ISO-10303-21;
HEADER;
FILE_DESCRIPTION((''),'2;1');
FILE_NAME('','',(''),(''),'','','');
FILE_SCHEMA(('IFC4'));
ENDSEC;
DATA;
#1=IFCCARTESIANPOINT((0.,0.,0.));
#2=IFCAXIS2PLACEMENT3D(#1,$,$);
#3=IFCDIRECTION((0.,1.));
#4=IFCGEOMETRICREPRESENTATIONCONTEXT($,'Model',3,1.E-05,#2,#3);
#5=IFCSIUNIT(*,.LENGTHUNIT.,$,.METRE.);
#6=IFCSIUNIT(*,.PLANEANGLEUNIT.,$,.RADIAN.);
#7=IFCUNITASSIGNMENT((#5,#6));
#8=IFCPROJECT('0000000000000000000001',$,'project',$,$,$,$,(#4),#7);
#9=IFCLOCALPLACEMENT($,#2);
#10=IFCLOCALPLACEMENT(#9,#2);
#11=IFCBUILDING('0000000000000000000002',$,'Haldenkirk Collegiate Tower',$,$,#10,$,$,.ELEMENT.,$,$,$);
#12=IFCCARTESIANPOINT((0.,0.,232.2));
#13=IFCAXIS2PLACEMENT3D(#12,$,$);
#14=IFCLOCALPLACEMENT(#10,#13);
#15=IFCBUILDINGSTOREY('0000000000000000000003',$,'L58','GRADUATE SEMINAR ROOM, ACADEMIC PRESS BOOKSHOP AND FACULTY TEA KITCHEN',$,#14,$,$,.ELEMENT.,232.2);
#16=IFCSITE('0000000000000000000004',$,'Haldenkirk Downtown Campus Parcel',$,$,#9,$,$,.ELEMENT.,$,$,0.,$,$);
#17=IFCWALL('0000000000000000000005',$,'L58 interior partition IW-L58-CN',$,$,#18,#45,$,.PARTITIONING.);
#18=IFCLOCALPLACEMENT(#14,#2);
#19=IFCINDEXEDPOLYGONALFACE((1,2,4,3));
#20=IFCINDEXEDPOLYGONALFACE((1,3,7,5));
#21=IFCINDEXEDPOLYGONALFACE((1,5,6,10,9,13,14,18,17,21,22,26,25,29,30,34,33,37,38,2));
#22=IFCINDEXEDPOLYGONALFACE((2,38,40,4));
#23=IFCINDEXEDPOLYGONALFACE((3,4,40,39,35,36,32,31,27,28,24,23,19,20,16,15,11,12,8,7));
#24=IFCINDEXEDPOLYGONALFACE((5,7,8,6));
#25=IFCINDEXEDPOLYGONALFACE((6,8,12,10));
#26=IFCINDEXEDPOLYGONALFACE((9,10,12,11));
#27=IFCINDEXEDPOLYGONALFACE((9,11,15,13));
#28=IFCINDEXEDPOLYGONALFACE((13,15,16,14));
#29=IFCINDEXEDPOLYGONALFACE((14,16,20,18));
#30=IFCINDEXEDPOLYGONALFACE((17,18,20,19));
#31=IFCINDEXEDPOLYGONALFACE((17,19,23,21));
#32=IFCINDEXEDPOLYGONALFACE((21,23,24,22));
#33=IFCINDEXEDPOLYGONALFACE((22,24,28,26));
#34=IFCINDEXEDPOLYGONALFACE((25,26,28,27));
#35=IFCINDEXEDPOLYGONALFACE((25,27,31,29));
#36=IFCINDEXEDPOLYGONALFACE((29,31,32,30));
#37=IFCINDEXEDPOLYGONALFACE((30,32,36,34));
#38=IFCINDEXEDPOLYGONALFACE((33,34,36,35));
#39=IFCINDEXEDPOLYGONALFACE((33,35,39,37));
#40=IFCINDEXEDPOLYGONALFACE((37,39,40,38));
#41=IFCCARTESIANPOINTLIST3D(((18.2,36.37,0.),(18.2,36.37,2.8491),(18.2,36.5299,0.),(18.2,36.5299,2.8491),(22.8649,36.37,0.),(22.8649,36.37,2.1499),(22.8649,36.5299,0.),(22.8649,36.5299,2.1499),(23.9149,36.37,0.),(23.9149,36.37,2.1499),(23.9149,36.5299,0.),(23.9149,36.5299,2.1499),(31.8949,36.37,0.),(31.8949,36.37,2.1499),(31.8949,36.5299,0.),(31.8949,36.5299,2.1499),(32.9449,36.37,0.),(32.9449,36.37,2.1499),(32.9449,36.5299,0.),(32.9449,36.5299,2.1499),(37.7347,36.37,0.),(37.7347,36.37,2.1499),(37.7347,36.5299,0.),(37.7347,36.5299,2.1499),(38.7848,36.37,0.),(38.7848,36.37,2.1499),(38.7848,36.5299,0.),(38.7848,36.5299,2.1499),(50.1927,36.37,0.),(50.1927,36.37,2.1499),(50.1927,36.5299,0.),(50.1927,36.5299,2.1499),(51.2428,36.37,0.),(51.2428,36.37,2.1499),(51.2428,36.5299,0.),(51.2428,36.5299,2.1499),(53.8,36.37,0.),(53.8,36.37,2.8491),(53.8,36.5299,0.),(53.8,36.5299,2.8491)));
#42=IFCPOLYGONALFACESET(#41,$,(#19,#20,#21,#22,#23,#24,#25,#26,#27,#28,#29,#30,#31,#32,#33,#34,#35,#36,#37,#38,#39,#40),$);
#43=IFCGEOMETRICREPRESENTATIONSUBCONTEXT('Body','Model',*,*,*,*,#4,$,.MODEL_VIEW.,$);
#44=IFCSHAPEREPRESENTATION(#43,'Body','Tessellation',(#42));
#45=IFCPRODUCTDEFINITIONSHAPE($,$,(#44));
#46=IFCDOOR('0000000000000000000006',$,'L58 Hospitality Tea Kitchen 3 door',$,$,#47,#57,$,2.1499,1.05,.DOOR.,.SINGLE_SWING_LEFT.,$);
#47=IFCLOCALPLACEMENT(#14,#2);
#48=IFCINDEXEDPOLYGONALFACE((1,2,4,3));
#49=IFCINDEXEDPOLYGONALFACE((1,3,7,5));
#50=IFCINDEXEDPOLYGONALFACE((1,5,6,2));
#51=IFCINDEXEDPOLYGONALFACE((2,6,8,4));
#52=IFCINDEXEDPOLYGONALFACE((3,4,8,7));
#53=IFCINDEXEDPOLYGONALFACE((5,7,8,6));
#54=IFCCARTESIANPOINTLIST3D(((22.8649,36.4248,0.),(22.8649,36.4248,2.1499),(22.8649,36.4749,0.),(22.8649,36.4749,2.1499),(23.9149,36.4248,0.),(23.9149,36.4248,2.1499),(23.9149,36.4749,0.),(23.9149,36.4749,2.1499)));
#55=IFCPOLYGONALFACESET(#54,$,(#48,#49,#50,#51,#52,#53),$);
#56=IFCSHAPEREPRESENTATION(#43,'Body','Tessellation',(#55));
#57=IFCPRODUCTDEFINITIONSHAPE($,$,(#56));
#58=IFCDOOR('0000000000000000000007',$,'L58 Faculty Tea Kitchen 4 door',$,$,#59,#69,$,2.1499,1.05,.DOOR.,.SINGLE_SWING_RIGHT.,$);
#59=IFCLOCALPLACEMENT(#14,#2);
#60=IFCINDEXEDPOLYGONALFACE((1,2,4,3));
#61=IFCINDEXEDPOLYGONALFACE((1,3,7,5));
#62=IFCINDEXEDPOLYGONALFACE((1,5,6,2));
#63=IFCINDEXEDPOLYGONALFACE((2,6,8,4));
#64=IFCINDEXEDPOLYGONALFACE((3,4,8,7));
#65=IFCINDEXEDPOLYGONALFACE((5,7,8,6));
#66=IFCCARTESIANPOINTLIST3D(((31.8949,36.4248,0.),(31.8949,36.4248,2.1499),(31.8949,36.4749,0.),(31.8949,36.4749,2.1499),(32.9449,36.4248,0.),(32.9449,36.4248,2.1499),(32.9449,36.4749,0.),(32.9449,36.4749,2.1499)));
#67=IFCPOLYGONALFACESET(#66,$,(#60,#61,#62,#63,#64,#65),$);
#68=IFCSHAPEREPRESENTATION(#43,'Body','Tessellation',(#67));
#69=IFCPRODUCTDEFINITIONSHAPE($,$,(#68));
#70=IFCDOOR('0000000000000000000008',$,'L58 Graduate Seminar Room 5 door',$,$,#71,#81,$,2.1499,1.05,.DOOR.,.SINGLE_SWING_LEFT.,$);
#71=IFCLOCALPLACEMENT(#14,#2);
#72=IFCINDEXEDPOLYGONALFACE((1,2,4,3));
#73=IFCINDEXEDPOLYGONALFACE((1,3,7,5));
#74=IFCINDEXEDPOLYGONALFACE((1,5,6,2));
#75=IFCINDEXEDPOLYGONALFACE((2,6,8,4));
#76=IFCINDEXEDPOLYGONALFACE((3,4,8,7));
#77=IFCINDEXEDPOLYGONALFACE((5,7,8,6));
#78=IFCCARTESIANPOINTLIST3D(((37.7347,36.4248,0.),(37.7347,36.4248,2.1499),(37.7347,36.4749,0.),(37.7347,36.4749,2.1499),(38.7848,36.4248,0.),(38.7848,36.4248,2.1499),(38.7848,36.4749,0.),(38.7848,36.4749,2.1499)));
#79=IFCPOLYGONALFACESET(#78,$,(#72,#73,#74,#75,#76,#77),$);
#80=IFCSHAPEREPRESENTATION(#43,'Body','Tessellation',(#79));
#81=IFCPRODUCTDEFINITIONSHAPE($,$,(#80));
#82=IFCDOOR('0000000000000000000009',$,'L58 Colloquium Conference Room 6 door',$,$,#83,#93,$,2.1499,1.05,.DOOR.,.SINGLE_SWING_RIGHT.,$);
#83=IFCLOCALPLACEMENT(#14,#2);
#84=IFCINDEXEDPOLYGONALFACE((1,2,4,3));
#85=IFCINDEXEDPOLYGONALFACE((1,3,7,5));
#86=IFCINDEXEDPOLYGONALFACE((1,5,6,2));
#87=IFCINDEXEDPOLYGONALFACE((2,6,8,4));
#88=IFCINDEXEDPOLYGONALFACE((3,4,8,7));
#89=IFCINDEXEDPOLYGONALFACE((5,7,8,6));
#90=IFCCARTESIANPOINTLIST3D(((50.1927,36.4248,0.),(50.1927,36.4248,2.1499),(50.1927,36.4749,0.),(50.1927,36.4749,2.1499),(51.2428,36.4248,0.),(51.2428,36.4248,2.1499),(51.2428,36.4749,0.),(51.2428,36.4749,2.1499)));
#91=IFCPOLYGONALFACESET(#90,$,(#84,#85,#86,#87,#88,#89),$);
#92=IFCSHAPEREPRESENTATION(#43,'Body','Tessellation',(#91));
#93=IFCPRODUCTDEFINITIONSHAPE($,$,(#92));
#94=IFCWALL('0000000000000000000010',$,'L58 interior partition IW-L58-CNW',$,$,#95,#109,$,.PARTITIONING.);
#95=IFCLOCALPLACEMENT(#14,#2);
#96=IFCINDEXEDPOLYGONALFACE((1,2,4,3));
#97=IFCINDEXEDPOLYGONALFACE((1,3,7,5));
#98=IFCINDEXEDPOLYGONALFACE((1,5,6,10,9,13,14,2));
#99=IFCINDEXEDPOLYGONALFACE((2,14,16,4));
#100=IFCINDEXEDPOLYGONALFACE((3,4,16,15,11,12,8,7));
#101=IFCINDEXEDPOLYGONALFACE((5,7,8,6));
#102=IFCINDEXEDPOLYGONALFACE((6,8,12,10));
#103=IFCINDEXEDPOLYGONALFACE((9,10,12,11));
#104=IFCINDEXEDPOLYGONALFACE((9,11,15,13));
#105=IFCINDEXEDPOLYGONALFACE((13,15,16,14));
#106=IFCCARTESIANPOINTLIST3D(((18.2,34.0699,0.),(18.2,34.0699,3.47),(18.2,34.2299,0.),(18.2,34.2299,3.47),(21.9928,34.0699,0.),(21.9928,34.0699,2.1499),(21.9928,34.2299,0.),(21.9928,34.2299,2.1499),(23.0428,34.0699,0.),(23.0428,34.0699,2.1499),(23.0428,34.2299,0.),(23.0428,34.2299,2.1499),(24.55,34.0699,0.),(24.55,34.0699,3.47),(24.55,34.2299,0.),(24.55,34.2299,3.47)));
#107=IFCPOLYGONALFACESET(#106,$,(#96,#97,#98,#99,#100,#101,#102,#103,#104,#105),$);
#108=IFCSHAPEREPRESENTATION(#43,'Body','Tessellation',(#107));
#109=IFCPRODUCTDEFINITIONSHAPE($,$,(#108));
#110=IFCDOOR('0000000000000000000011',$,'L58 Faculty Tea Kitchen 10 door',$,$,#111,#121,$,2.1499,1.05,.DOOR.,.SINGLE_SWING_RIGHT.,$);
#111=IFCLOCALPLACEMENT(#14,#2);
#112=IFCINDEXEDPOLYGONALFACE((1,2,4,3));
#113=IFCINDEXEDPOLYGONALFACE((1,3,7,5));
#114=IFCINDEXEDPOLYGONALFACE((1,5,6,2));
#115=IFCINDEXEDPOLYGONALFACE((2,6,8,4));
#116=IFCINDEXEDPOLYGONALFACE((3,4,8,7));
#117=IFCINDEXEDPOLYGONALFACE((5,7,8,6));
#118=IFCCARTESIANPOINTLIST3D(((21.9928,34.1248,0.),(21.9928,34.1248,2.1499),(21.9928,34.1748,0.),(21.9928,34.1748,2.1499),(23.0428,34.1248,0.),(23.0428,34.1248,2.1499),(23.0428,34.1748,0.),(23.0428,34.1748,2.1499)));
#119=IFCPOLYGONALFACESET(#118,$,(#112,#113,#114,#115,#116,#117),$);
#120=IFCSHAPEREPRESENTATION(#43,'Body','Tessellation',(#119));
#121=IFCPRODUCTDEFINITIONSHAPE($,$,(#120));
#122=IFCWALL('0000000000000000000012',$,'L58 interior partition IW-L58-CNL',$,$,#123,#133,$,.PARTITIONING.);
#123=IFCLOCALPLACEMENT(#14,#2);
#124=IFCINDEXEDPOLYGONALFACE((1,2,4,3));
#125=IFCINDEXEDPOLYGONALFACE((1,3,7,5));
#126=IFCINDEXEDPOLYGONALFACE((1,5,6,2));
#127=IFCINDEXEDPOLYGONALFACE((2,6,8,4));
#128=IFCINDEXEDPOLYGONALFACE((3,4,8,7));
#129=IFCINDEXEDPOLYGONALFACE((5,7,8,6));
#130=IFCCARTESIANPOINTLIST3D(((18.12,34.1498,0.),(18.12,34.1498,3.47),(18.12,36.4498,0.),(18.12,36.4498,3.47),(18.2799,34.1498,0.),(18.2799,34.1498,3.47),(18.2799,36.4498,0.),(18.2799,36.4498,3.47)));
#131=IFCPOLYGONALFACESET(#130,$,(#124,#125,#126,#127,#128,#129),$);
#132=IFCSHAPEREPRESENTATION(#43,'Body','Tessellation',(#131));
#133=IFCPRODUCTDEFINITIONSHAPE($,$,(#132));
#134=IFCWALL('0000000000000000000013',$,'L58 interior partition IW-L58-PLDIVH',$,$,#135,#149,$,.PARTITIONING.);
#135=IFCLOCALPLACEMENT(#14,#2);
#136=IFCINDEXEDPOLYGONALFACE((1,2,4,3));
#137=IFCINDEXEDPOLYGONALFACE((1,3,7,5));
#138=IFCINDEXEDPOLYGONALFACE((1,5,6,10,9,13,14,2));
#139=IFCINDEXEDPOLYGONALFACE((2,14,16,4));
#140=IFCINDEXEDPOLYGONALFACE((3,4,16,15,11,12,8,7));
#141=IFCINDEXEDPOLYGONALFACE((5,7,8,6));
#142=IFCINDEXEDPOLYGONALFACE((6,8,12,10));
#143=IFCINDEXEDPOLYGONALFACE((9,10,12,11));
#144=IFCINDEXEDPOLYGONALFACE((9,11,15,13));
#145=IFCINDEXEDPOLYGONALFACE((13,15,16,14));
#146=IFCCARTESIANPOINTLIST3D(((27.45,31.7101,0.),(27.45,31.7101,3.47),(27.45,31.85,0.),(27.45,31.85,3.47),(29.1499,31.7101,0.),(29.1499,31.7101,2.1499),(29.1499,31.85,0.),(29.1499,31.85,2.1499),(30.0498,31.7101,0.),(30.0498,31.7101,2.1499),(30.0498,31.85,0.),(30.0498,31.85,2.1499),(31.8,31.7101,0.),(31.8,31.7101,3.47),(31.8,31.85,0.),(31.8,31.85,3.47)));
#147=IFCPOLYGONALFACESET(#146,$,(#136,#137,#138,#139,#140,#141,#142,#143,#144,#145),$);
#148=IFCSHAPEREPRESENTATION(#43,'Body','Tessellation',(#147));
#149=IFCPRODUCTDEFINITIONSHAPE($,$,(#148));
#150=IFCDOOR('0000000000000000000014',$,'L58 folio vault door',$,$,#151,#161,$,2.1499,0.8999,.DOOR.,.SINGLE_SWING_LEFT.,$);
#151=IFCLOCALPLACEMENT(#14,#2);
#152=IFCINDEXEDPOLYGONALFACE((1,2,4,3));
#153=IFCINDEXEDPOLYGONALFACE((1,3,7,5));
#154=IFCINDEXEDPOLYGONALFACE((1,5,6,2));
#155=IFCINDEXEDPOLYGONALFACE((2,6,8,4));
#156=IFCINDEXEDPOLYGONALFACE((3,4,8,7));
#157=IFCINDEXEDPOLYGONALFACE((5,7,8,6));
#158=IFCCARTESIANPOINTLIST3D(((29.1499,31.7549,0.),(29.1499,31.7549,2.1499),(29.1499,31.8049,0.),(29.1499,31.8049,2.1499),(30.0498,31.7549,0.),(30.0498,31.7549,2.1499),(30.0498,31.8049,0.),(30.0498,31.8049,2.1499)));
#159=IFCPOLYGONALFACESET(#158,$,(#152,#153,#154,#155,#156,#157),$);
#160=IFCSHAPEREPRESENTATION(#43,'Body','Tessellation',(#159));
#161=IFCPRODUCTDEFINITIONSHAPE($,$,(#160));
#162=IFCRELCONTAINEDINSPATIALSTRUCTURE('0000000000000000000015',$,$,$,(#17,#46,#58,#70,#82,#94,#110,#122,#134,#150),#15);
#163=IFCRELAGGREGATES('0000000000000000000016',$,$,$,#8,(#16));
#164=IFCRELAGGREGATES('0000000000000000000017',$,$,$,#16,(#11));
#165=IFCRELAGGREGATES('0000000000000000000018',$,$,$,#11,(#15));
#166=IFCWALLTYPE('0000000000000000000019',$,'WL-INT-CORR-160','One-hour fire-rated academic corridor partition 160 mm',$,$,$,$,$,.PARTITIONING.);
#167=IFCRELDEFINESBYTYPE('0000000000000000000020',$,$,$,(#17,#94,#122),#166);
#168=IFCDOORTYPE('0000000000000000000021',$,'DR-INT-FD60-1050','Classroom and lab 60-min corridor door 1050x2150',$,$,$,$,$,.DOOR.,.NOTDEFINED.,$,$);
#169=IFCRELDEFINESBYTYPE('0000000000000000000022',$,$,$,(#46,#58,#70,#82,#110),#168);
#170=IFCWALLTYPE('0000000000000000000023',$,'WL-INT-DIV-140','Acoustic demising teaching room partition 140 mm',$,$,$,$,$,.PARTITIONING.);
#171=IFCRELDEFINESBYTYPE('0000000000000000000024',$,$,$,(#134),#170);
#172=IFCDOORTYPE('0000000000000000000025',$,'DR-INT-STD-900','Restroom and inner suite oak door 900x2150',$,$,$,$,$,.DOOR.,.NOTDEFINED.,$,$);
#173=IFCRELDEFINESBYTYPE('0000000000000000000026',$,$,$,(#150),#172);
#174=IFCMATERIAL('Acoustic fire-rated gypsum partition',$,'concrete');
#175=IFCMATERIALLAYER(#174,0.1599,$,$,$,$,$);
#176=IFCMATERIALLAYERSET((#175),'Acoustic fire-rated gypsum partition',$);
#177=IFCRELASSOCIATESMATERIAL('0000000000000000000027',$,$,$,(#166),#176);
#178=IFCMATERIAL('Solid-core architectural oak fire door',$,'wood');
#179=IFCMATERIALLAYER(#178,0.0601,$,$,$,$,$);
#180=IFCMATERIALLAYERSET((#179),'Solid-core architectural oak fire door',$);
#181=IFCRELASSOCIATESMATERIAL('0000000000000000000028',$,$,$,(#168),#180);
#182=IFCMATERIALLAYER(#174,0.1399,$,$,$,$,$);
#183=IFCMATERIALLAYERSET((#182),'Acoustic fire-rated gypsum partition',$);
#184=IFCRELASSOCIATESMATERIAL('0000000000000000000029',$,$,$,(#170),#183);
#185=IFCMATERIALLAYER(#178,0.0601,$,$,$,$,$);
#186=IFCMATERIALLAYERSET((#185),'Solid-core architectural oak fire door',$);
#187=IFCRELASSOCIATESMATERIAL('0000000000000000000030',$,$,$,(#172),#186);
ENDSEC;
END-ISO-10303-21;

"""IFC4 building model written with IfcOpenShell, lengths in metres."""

from ifc_helpers import new_model, si_unit, direction, frame, frame_2d, origin, place, context, subcontext, project, spatial, rectangle, extrude, material, layer, layer_set, type_object, element, fill, save


model = new_model("IFC4")

# Units and contexts
model_context = context("Model", 3, precision=1e-05, world=origin(), true_north=direction((0.0, 1.0)))
body_context = subcontext(model_context, "Body", "Model", "MODEL_VIEW")
ifc_project = project(units=[si_unit("LENGTHUNIT", "METRE"), si_unit("PLANEANGLEUNIT", "RADIAN")], contexts=[model_context])

# Site, building, storey
site_placement = place(None, origin())
site = spatial("IfcSite", under=ifc_project, at=site_placement, Name="Haldenkirk Downtown Campus Parcel", CompositionType="ELEMENT", RefElevation=0.0)
building_placement = place(site_placement, origin())
building = spatial("IfcBuilding", under=site, at=building_placement, Name="Haldenkirk Collegiate Tower", CompositionType="ELEMENT")
storey_placement = place(building_placement, frame((0.0, 0.0, 232.2)))
storey = spatial("IfcBuildingStorey", under=building, at=storey_placement, Name="L58", Description="GRADUATE SEMINAR ROOM, ACADEMIC PRESS BOOKSHOP AND FACULTY TEA KITCHEN", CompositionType="ELEMENT", Elevation=232.2)

# Wall, openings, doors
ifc_material_1 = material(Name="Acoustic fire-rated gypsum partition", Category="concrete")
ifc_layer_1 = layer(ifc_material_1, 0.1599)
ifc_layer_set_1 = layer_set([ifc_layer_1], Name="Acoustic fire-rated gypsum partition")
wall_type_1 = type_object("IfcWallType", Name="WL-INT-CORR-160", Description="One-hour fire-rated academic corridor partition 160 mm", PredefinedType="PARTITIONING", material=ifc_layer_set_1)
wall_1_placement = place(storey_placement, frame((18.2, 36.45, 0.0), z_axis=(0.0, 0.0, 1.0), x_axis=(1.0, 0.0, 0.0)))
wall_1 = element("IfcWall", 1, at=wall_1_placement, inside=storey, type_object=wall_type_1, Name="L58 interior partition IW-L58-CN", PredefinedType="PARTITIONING", context=body_context, shape_type="SweptSolid", body=[
    extrude(rectangle(XDim=35.6001, YDim=0.1599, at=frame_2d((17.8, 0.0))), origin(), (0.0, 0.0, 1.0), 2.8491),
])
opening_1_placement = place(wall_1_placement, frame((4.665, 0.0, 0.0)))
opening_1 = element("IfcOpeningElement", 2, at=opening_1_placement, cuts=wall_1, PredefinedType="OPENING", context=body_context, shape_type="SweptSolid", body=[
    extrude(rectangle(XDim=1.05, YDim=2.1499, at=frame_2d((0.5249, 1.075))), frame((0.0, 0.0898, 0.0), z_axis=(0.0, -1.0, 0.0), x_axis=(1.0, 0.0, 0.0)), (0.0, 0.0, 1.0), 0.1799),
])
opening_2_placement = place(wall_1_placement, frame((13.6951, 0.0, 0.0)))
opening_2 = element("IfcOpeningElement", 3, at=opening_2_placement, cuts=wall_1, PredefinedType="OPENING", context=body_context, shape_type="SweptSolid", body=[
    extrude(rectangle(XDim=1.05, YDim=2.1499, at=frame_2d((0.5249, 1.075))), frame((0.0, 0.0898, 0.0), z_axis=(0.0, -1.0, 0.0), x_axis=(1.0, 0.0, 0.0)), (0.0, 0.0, 1.0), 0.1799),
])
opening_3_placement = place(wall_1_placement, frame((19.5349, 0.0, 0.0)))
opening_3 = element("IfcOpeningElement", 4, at=opening_3_placement, cuts=wall_1, PredefinedType="OPENING", context=body_context, shape_type="SweptSolid", body=[
    extrude(rectangle(XDim=1.05, YDim=2.1499, at=frame_2d((0.5249, 1.075))), frame((0.0, 0.0898, 0.0), z_axis=(0.0, -1.0, 0.0), x_axis=(1.0, 0.0, 0.0)), (0.0, 0.0, 1.0), 0.1799),
])
opening_4_placement = place(wall_1_placement, frame((31.9929, 0.0, 0.0)))
opening_4 = element("IfcOpeningElement", 5, at=opening_4_placement, cuts=wall_1, PredefinedType="OPENING", context=body_context, shape_type="SweptSolid", body=[
    extrude(rectangle(XDim=1.05, YDim=2.1499, at=frame_2d((0.5249, 1.075))), frame((0.0, 0.0898, 0.0), z_axis=(0.0, -1.0, 0.0), x_axis=(1.0, 0.0, 0.0)), (0.0, 0.0, 1.0), 0.1799),
])
ifc_material_2 = material(Name="Solid-core architectural oak fire door", Category="wood")
ifc_layer_2 = layer(ifc_material_2, 0.0601)
ifc_layer_set_2 = layer_set([ifc_layer_2], Name="Solid-core architectural oak fire door")
door_type_1 = type_object("IfcDoorType", Name="DR-INT-FD60-1050", Description="Classroom and lab 60-min corridor door 1050x2150", OperationType="NOTDEFINED", PredefinedType="DOOR", material=ifc_layer_set_2)
door_1_placement = place(opening_1_placement, origin())
door_1 = element("IfcDoor", 6, at=door_1_placement, inside=storey, type_object=door_type_1, Name="L58 Hospitality Tea Kitchen 3 door", OperationType="SINGLE_SWING_LEFT", OverallHeight=2.1499, OverallWidth=1.05, PredefinedType="DOOR", context=body_context, shape_type="SweptSolid", body=[
    extrude(rectangle(XDim=1.05, YDim=2.1499, at=frame_2d((0.5249, 1.075))), frame((0.0, 0.0249, 0.0), z_axis=(0.0, -1.0, 0.0), x_axis=(1.0, 0.0, 0.0)), (0.0, 0.0, 1.0), 0.05),
])
fill(opening_1, door_1)
door_2_placement = place(opening_2_placement, origin())
door_2 = element("IfcDoor", 7, at=door_2_placement, inside=storey, type_object=door_type_1, Name="L58 Faculty Tea Kitchen 4 door", OperationType="SINGLE_SWING_RIGHT", OverallHeight=2.1499, OverallWidth=1.05, PredefinedType="DOOR", context=body_context, shape_type="SweptSolid", body=[
    extrude(rectangle(XDim=1.05, YDim=2.1499, at=frame_2d((0.5249, 1.075))), frame((0.0, 0.0249, 0.0), z_axis=(0.0, -1.0, 0.0), x_axis=(1.0, 0.0, 0.0)), (0.0, 0.0, 1.0), 0.05),
])
fill(opening_2, door_2)
door_3_placement = place(opening_3_placement, origin())
door_3 = element("IfcDoor", 8, at=door_3_placement, inside=storey, type_object=door_type_1, Name="L58 Graduate Seminar Room 5 door", OperationType="SINGLE_SWING_LEFT", OverallHeight=2.1499, OverallWidth=1.05, PredefinedType="DOOR", context=body_context, shape_type="SweptSolid", body=[
    extrude(rectangle(XDim=1.05, YDim=2.1499, at=frame_2d((0.5249, 1.075))), frame((0.0, 0.0249, 0.0), z_axis=(0.0, -1.0, 0.0), x_axis=(1.0, 0.0, 0.0)), (0.0, 0.0, 1.0), 0.05),
])
fill(opening_3, door_3)
door_4_placement = place(opening_4_placement, origin())
door_4 = element("IfcDoor", 9, at=door_4_placement, inside=storey, type_object=door_type_1, Name="L58 Colloquium Conference Room 6 door", OperationType="SINGLE_SWING_RIGHT", OverallHeight=2.1499, OverallWidth=1.05, PredefinedType="DOOR", context=body_context, shape_type="SweptSolid", body=[
    extrude(rectangle(XDim=1.05, YDim=2.1499, at=frame_2d((0.5249, 1.075))), frame((0.0, 0.0249, 0.0), z_axis=(0.0, -1.0, 0.0), x_axis=(1.0, 0.0, 0.0)), (0.0, 0.0, 1.0), 0.05),
])
fill(opening_4, door_4)

# Wall, opening, door
wall_2_placement = place(storey_placement, frame((18.2, 34.1499, 0.0), z_axis=(0.0, 0.0, 1.0), x_axis=(1.0, 0.0, 0.0)))
wall_2 = element("IfcWall", 10, at=wall_2_placement, inside=storey, type_object=wall_type_1, Name="L58 interior partition IW-L58-CNW", PredefinedType="PARTITIONING", context=body_context, shape_type="SweptSolid", body=[
    extrude(rectangle(XDim=6.3501, YDim=0.1599, at=frame_2d((3.175, 0.0))), origin(), (0.0, 0.0, 1.0), 3.47),
])
opening_5_placement = place(wall_2_placement, frame((3.793, 0.0, 0.0)))
opening_5 = element("IfcOpeningElement", 11, at=opening_5_placement, cuts=wall_2, PredefinedType="OPENING", context=body_context, shape_type="SweptSolid", body=[
    extrude(rectangle(XDim=1.05, YDim=2.1499, at=frame_2d((0.5249, 1.075))), frame((0.0, 0.0898, 0.0), z_axis=(0.0, -1.0, 0.0), x_axis=(1.0, 0.0, 0.0)), (0.0, 0.0, 1.0), 0.1799),
])
door_5_placement = place(opening_5_placement, origin())
door_5 = element("IfcDoor", 12, at=door_5_placement, inside=storey, type_object=door_type_1, Name="L58 Faculty Tea Kitchen 10 door", OperationType="SINGLE_SWING_RIGHT", OverallHeight=2.1499, OverallWidth=1.05, PredefinedType="DOOR", context=body_context, shape_type="SweptSolid", body=[
    extrude(rectangle(XDim=1.05, YDim=2.1499, at=frame_2d((0.5249, 1.075))), frame((0.0, 0.0249, 0.0), z_axis=(0.0, -1.0, 0.0), x_axis=(1.0, 0.0, 0.0)), (0.0, 0.0, 1.0), 0.05),
])
fill(opening_5, door_5)

# Wall
wall_3_placement = place(storey_placement, frame((18.2, 34.1499, 0.0), z_axis=(0.0, 0.0, 1.0), x_axis=(0.0, 1.0, 0.0)))
element("IfcWall", 13, at=wall_3_placement, inside=storey, type_object=wall_type_1, Name="L58 interior partition IW-L58-CNL", PredefinedType="PARTITIONING", context=body_context, shape_type="SweptSolid", body=[
    extrude(rectangle(XDim=2.3, YDim=0.1599, at=frame_2d((1.1499, 0.0))), origin(), (0.0, 0.0, 1.0), 3.47),
])

# Wall, opening, door
ifc_layer_3 = layer(ifc_material_1, 0.1399)
ifc_layer_set_3 = layer_set([ifc_layer_3], Name="Acoustic fire-rated gypsum partition")
wall_type_2 = type_object("IfcWallType", Name="WL-INT-DIV-140", Description="Acoustic demising teaching room partition 140 mm", PredefinedType="PARTITIONING", material=ifc_layer_set_3)
wall_4_placement = place(storey_placement, frame((27.45, 31.78, 0.0), z_axis=(0.0, 0.0, 1.0), x_axis=(1.0, 0.0, 0.0)))
wall_4 = element("IfcWall", 14, at=wall_4_placement, inside=storey, type_object=wall_type_2, Name="L58 interior partition IW-L58-PLDIVH", PredefinedType="PARTITIONING", context=body_context, shape_type="SweptSolid", body=[
    extrude(rectangle(XDim=4.3501, YDim=0.1399, at=frame_2d((2.175, 0.0))), origin(), (0.0, 0.0, 1.0), 3.47),
])
opening_6_placement = place(wall_4_placement, frame((1.7, 0.0, 0.0)))
opening_6 = element("IfcOpeningElement", 15, at=opening_6_placement, cuts=wall_4, PredefinedType="OPENING", context=body_context, shape_type="SweptSolid", body=[
    extrude(rectangle(XDim=0.8999, YDim=2.1499, at=frame_2d((0.45, 1.075))), frame((0.0, 0.0798, 0.0), z_axis=(0.0, -1.0, 0.0), x_axis=(1.0, 0.0, 0.0)), (0.0, 0.0, 1.0), 0.1599),
])
ifc_layer_4 = layer(ifc_material_2, 0.0601)
ifc_layer_set_4 = layer_set([ifc_layer_4], Name="Solid-core architectural oak fire door")
door_type_2 = type_object("IfcDoorType", Name="DR-INT-STD-900", Description="Restroom and inner suite oak door 900x2150", OperationType="NOTDEFINED", PredefinedType="DOOR", material=ifc_layer_set_4)
door_6_placement = place(opening_6_placement, origin())
door_6 = element("IfcDoor", 16, at=door_6_placement, inside=storey, type_object=door_type_2, Name="L58 folio vault door", OperationType="SINGLE_SWING_LEFT", OverallHeight=2.1499, OverallWidth=0.8999, PredefinedType="DOOR", context=body_context, shape_type="SweptSolid", body=[
    extrude(rectangle(XDim=0.8999, YDim=2.1499, at=frame_2d((0.45, 1.075))), frame((0.0, 0.0249, 0.0), z_axis=(0.0, -1.0, 0.0), x_axis=(1.0, 0.0, 0.0)), (0.0, 0.0, 1.0), 0.05),
])
fill(opening_6, door_6)

save(model, "model.ifc")
